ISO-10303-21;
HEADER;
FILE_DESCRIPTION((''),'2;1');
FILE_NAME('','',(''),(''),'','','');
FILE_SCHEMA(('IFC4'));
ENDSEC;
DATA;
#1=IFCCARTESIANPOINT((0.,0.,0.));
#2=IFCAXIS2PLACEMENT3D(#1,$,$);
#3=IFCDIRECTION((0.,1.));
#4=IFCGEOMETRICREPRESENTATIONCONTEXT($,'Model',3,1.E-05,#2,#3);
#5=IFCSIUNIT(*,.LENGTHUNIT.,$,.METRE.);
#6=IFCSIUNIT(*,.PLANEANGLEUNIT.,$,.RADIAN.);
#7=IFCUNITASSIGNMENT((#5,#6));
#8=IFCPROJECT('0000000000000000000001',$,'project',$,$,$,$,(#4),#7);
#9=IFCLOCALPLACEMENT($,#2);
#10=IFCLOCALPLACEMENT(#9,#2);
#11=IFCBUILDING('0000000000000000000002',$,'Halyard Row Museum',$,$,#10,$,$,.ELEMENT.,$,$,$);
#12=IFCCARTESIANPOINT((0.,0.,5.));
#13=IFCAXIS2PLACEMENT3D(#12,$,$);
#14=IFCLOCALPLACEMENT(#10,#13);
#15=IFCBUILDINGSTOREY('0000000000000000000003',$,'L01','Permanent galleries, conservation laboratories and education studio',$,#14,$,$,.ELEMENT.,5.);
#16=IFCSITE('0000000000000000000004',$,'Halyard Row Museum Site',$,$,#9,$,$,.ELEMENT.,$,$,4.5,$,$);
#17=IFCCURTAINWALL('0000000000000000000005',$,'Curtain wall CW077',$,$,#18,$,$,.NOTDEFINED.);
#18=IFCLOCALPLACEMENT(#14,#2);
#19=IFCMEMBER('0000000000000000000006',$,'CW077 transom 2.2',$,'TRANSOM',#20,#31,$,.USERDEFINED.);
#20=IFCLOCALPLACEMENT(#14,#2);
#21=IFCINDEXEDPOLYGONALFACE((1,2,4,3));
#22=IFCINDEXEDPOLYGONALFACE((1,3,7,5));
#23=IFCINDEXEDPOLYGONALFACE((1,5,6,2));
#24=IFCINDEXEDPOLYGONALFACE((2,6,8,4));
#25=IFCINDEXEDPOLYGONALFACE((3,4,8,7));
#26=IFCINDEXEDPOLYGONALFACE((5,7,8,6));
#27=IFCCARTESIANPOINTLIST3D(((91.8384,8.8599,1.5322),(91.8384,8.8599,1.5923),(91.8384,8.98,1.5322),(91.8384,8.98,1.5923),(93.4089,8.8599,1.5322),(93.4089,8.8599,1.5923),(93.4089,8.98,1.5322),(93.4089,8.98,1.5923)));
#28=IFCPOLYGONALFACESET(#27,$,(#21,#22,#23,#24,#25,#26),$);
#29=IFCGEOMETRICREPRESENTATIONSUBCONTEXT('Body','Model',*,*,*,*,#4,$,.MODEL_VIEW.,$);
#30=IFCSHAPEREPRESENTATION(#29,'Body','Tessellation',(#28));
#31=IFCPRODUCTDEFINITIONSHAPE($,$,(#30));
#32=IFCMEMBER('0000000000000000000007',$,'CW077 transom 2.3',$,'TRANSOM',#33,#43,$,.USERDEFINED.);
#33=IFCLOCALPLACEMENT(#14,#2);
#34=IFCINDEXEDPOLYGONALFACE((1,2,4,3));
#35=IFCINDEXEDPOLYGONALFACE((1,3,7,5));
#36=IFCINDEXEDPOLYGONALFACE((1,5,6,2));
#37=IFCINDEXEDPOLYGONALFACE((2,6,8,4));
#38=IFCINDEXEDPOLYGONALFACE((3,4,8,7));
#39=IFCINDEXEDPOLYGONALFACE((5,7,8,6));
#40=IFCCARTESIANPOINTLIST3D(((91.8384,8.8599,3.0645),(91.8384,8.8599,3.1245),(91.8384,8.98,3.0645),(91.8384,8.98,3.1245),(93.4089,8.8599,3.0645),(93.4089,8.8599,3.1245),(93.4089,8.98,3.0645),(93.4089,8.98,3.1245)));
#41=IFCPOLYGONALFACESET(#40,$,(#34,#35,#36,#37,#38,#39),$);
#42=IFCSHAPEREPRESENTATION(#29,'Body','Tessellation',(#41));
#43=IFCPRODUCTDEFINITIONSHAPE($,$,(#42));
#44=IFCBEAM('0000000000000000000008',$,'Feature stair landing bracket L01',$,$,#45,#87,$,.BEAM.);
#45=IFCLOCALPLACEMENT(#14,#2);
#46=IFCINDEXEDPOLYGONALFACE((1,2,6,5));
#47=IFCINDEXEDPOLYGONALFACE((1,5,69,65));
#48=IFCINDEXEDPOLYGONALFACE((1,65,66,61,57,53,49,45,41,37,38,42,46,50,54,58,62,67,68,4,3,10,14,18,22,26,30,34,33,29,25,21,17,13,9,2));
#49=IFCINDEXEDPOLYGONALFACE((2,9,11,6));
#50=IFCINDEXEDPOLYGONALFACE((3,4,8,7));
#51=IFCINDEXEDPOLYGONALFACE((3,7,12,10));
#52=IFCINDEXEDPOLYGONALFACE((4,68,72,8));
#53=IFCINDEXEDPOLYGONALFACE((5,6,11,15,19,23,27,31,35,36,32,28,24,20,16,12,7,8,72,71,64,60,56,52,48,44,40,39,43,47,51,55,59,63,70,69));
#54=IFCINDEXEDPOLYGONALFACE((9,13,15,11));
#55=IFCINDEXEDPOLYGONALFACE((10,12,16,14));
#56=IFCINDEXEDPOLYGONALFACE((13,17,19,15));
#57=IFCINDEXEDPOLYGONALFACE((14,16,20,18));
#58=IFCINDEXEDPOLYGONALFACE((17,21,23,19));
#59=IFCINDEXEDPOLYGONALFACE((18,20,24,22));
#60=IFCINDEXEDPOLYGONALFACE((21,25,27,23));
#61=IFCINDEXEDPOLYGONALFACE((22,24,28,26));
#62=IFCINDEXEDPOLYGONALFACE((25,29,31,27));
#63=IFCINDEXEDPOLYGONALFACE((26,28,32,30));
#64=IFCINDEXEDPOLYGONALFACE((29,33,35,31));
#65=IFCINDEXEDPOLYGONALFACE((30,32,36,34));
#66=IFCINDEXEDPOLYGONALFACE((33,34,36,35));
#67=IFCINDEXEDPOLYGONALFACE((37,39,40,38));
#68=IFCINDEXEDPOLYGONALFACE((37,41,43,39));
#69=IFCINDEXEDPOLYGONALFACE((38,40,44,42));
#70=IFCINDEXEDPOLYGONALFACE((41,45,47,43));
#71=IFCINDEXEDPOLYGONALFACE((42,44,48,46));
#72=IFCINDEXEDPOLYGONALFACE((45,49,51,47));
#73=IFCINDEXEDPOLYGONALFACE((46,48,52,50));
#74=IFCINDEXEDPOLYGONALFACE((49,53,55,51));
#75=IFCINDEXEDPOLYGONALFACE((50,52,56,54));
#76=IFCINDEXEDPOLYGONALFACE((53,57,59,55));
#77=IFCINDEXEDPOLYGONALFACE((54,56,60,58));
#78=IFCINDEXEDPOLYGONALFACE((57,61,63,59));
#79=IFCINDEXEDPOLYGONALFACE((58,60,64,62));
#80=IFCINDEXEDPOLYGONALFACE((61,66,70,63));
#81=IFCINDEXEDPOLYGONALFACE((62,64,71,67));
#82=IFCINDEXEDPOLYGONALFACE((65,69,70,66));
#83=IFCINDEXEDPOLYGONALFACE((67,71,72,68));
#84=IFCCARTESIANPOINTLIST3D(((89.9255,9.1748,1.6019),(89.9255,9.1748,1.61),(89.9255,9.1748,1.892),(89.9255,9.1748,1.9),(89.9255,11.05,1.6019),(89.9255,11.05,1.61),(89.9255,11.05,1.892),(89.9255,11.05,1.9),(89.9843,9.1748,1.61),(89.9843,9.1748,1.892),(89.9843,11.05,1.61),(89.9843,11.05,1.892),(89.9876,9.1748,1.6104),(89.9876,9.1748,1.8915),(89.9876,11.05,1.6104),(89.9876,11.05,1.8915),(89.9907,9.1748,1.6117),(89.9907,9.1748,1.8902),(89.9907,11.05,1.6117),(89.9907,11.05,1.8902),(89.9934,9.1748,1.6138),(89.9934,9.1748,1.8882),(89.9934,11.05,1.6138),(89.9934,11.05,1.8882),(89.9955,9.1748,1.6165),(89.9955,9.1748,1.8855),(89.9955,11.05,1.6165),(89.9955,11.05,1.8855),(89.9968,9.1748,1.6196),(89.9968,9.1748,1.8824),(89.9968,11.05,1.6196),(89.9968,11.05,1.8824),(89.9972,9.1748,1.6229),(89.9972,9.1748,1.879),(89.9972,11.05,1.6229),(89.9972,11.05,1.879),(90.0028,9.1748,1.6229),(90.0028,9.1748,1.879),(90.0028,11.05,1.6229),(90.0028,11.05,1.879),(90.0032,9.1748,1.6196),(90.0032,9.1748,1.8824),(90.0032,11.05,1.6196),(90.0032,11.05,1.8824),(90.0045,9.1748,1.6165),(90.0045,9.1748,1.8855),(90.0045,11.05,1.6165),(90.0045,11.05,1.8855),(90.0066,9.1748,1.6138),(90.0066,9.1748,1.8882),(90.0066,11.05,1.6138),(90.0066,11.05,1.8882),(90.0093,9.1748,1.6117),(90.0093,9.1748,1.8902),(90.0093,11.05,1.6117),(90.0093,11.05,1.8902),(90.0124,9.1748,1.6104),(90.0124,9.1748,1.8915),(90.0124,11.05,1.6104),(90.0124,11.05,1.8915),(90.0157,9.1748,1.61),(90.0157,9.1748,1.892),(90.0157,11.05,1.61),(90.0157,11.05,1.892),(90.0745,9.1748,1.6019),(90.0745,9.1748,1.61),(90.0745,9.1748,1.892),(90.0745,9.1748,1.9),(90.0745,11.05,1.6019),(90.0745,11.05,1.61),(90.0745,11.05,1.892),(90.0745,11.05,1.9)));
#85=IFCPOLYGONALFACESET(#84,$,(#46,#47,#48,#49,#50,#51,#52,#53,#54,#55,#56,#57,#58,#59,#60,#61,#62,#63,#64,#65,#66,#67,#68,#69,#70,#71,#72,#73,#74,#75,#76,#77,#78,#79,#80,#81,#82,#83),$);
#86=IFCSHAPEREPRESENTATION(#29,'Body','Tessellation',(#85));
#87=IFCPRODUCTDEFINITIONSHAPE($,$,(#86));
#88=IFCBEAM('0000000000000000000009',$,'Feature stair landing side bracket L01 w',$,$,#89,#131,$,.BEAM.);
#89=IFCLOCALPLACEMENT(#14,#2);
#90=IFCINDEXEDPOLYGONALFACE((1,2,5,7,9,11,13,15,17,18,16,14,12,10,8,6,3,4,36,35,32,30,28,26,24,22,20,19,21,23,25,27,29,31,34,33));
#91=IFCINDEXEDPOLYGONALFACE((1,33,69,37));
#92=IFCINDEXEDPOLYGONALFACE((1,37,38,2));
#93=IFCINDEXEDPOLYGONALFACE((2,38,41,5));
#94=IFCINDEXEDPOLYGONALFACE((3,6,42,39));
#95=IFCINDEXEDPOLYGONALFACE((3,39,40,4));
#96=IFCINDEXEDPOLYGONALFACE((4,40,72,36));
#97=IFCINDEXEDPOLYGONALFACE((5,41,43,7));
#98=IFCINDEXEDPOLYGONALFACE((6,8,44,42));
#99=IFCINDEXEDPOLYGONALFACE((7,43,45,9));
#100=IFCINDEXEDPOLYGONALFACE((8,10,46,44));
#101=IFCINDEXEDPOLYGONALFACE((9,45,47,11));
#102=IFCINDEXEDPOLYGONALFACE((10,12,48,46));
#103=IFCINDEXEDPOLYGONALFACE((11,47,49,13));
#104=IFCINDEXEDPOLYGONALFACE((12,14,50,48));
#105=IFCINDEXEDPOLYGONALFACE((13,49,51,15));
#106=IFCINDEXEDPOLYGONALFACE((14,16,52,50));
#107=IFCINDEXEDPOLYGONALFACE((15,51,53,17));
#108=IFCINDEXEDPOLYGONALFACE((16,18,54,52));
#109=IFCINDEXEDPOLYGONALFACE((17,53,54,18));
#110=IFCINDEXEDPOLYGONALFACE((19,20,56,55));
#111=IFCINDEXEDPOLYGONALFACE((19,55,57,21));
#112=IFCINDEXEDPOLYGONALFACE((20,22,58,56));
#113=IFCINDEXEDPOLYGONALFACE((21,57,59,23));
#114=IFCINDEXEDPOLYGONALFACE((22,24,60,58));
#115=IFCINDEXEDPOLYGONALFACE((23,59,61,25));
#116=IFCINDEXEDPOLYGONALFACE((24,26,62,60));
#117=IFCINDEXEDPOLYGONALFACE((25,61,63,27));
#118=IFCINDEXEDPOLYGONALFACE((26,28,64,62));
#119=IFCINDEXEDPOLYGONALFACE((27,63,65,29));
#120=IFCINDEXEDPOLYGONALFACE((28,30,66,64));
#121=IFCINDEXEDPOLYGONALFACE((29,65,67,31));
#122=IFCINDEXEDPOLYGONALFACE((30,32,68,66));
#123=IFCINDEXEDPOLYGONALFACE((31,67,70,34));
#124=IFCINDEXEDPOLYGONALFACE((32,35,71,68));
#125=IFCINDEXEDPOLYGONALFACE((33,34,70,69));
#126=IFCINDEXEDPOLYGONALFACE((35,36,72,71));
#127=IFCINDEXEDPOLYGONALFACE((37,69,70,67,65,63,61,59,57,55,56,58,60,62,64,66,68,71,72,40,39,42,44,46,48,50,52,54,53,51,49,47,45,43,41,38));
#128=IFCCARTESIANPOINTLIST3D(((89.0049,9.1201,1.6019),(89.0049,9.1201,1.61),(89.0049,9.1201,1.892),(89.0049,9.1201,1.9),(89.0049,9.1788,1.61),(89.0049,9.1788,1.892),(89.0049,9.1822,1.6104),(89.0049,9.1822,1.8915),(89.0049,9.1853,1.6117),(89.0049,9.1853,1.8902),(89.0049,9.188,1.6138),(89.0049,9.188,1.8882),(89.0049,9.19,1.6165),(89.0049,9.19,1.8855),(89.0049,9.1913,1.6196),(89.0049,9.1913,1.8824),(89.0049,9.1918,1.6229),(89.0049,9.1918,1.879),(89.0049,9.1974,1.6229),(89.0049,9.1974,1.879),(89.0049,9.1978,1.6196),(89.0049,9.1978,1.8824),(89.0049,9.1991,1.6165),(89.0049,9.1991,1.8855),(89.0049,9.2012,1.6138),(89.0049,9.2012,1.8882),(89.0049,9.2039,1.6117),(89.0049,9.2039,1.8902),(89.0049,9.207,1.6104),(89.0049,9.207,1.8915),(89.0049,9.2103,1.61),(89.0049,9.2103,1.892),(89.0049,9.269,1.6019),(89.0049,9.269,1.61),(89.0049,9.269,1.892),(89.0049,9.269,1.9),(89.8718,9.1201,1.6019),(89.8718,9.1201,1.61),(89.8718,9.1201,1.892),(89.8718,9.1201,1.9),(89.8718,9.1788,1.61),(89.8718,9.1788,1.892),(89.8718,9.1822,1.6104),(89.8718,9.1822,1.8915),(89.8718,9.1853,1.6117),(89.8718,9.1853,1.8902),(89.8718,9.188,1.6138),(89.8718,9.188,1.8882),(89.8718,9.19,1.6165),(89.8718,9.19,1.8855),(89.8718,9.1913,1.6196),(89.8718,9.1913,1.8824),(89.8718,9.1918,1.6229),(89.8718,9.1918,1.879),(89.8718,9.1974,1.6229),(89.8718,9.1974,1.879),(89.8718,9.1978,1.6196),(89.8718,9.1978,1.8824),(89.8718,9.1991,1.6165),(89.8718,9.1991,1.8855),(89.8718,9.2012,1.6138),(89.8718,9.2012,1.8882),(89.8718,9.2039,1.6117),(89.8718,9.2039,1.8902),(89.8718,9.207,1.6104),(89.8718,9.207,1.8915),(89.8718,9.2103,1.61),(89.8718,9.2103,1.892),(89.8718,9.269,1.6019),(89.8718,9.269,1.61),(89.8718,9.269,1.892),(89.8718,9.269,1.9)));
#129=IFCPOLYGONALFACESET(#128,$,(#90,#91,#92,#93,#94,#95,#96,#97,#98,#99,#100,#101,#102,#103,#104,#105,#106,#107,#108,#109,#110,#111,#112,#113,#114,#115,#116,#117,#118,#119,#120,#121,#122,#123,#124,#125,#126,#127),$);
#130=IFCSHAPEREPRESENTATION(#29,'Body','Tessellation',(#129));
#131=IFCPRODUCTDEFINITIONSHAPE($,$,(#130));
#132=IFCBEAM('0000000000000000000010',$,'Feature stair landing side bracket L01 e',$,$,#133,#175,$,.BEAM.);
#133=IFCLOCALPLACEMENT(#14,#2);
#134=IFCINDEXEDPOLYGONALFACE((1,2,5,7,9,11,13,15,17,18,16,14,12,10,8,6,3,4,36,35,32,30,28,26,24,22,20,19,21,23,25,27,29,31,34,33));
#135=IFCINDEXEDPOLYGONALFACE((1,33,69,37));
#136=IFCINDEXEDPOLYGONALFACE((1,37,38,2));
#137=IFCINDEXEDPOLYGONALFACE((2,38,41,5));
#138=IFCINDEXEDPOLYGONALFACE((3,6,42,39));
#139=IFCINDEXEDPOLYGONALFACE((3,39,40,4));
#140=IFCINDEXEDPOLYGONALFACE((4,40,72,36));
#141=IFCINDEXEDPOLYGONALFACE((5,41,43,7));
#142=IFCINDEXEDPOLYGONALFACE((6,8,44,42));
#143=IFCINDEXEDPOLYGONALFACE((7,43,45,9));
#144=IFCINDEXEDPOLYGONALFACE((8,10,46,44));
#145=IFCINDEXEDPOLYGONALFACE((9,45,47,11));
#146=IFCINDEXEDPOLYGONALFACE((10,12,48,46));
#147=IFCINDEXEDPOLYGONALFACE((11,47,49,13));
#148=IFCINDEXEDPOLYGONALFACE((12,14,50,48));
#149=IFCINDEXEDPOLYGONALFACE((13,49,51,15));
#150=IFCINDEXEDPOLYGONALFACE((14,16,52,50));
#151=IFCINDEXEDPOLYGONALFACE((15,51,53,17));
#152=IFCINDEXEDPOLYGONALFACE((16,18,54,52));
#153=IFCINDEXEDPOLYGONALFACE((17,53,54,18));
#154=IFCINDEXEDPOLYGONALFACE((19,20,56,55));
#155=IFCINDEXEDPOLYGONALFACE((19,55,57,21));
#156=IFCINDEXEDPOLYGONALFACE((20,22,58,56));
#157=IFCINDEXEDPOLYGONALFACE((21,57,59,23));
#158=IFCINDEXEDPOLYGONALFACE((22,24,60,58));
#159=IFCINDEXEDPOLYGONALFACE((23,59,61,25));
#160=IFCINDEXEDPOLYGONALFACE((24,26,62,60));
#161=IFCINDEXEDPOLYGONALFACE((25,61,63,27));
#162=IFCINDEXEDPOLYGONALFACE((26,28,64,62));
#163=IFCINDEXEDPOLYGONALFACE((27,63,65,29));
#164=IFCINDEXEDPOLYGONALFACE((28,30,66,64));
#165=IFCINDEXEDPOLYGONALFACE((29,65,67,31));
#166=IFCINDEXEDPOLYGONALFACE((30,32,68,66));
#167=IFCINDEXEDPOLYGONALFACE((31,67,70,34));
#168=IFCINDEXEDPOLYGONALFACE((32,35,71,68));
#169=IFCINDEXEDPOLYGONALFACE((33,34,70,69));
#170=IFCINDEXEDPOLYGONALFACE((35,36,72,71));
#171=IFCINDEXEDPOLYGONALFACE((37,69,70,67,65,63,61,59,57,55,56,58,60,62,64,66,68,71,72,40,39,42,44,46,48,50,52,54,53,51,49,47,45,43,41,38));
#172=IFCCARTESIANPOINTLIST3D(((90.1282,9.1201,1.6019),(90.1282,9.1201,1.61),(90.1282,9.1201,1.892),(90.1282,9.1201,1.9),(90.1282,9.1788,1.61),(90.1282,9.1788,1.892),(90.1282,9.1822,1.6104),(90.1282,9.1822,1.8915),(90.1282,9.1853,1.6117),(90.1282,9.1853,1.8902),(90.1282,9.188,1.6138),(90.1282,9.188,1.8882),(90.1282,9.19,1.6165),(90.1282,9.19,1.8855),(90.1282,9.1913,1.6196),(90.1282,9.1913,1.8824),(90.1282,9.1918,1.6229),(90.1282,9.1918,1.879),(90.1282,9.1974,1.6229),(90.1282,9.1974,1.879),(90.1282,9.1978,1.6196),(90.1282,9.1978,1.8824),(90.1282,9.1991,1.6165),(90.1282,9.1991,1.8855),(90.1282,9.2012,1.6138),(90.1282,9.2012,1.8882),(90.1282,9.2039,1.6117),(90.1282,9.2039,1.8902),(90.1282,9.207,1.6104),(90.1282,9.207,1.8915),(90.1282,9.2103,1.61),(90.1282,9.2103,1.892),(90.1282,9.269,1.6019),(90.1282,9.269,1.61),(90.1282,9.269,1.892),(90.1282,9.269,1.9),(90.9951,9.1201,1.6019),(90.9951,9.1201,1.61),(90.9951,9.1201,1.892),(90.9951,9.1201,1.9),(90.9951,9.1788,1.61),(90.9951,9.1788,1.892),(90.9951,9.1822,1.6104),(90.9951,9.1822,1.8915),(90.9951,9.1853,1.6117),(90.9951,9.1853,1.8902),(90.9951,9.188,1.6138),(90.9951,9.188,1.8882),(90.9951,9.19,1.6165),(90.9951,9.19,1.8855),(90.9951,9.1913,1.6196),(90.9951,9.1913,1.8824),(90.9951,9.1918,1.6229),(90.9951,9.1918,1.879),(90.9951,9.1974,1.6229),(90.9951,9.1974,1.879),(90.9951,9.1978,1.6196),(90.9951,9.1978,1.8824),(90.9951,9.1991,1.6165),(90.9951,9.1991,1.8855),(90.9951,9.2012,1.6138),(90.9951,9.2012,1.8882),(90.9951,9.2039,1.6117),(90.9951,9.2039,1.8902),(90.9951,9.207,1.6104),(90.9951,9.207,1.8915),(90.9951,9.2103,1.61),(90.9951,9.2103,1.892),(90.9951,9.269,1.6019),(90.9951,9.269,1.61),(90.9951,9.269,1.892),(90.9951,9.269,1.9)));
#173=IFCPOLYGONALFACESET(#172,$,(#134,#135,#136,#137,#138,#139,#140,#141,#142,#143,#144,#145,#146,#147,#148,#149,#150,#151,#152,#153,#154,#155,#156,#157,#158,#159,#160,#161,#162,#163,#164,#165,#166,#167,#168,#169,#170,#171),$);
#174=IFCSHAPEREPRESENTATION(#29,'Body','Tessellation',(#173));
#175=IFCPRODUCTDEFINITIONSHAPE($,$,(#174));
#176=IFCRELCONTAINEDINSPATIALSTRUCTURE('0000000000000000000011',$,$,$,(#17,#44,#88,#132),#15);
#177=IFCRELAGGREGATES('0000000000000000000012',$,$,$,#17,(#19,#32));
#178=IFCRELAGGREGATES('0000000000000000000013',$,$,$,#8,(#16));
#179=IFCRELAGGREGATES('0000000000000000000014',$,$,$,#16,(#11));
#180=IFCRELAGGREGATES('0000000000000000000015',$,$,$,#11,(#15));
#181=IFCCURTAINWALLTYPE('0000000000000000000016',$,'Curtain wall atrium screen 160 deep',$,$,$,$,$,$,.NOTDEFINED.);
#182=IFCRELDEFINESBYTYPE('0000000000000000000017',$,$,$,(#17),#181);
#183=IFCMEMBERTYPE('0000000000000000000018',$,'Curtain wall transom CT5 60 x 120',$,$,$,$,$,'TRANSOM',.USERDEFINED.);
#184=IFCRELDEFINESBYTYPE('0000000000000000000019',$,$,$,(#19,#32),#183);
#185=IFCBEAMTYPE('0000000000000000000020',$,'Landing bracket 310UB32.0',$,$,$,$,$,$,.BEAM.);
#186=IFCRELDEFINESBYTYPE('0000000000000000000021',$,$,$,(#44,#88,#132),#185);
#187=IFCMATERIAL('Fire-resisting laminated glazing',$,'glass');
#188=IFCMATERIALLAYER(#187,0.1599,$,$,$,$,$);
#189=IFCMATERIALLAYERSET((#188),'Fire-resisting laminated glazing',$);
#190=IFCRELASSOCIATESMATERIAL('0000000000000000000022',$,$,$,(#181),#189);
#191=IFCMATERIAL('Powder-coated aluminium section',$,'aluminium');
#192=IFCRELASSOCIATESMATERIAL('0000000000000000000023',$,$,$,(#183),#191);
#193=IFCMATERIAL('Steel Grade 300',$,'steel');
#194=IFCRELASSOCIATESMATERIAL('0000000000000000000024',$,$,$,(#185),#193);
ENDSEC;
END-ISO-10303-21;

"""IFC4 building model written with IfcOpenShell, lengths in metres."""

from ifc_helpers import new_model, si_unit, direction, frame, origin, origin_2d, place, context, subcontext, project, spatial, rectangle, i_section, extrude, material, layer, layer_set, material_profile, profile_set, type_object, element, aggregate, save


model = new_model("IFC4")

# Units and contexts
model_context = context("Model", 3, precision=1e-05, world=origin(), true_north=direction((0.0, 1.0)))
body_context = subcontext(model_context, "Body", "Model", "MODEL_VIEW")
ifc_project = project(units=[si_unit("LENGTHUNIT", "METRE"), si_unit("PLANEANGLEUNIT", "RADIAN")], contexts=[model_context])

# Site, building, storey
site_placement = place(None, origin())
site = spatial("IfcSite", under=ifc_project, at=site_placement, Name="Halyard Row Museum Site", CompositionType="ELEMENT", RefElevation=4.5)
building_placement = place(site_placement, origin())
building = spatial("IfcBuilding", under=site, at=building_placement, Name="Halyard Row Museum", CompositionType="ELEMENT")
storey_placement = place(building_placement, frame((0.0, 0.0, 5.0)))
storey = spatial("IfcBuildingStorey", under=building, at=storey_placement, Name="L01", Description="Permanent galleries, conservation laboratories and education studio", CompositionType="ELEMENT", Elevation=5.0)

# Shared definitions
ifc_material_1 = material(Name="Fire-resisting laminated glazing", Category="glass")
ifc_layer_1 = layer(ifc_material_1, 0.1599)
ifc_layer_set_1 = layer_set([ifc_layer_1], Name="Fire-resisting laminated glazing")
curtain_wall_type = type_object("IfcCurtainWallType", Name="Curtain wall atrium screen 160 deep", PredefinedType="NOTDEFINED", material=ifc_layer_set_1)

# Curtain wall
curtain_wall_1_placement = place(storey_placement, origin())
curtain_wall_1 = element("IfcCurtainWall", 1, at=curtain_wall_1_placement, inside=storey, type_object=curtain_wall_type, Name="Curtain wall CW077", PredefinedType="NOTDEFINED")

# Members
ifc_material_2 = material(Name="Powder-coated aluminium section", Category="aluminium")
ifc_material_profile_1 = material_profile(ifc_material_2, rectangle(XDim=0.1201, YDim=0.0601, at=origin_2d()), Name="120x60 transom")
ifc_profile_set_1 = profile_set([ifc_material_profile_1], Name="Powder-coated aluminium section")
member_type_1 = type_object("IfcMemberType", Name="Curtain wall transom CT5 60 x 120", ElementType="TRANSOM", PredefinedType="USERDEFINED", material=ifc_profile_set_1)
member_1_placement = place(storey_placement, frame((91.8384, 8.9199, 1.5623), z_axis=(1.0, 0.0, 0.0), x_axis=(0.0, 1.0, 0.0)))
member_1 = element("IfcMember", 2, at=member_1_placement, type_object=member_type_1, Name="CW077 transom 2.2", ObjectType="TRANSOM", PredefinedType="USERDEFINED", context=body_context, shape_type="SweptSolid", body=[
    extrude(rectangle(XDim=0.1201, YDim=0.0601, at=origin_2d()), origin(), (0.0, 0.0, 1.0), 1.5706),
])
member_2_placement = place(storey_placement, frame((91.8384, 8.9199, 3.0945), z_axis=(1.0, 0.0, 0.0), x_axis=(0.0, 1.0, 0.0)))
member_2 = element("IfcMember", 3, at=member_2_placement, type_object=member_type_1, Name="CW077 transom 2.3", ObjectType="TRANSOM", PredefinedType="USERDEFINED", context=body_context, shape_type="SweptSolid", body=[
    extrude(rectangle(XDim=0.1201, YDim=0.0601, at=origin_2d()), origin(), (0.0, 0.0, 1.0), 1.5706),
])

# Beams
ifc_material_3 = material(Name="Steel Grade 300", Category="steel")
ifc_material_profile_2 = material_profile(ifc_material_3, i_section(OverallWidth=0.1489, OverallDepth=0.2981, WebThickness=0.0056, FlangeThickness=0.0081, FilletRadius=0.0129, at=origin_2d()), Name="310UB32.0")
ifc_profile_set_2 = profile_set([ifc_material_profile_2], Name="Steel Grade 300")
beam_type_1 = type_object("IfcBeamType", Name="Landing bracket 310UB32.0", PredefinedType="BEAM", material=ifc_profile_set_2)
beam_placement = place(storey_placement, frame((90.0, 9.1748, 1.751), z_axis=(0.0, 1.0, 0.0), x_axis=(-1.0, 0.0, 0.0)))
element("IfcBeam", 4, at=beam_placement, inside=storey, type_object=beam_type_1, Name="Feature stair landing bracket L01", PredefinedType="BEAM", context=body_context, shape_type="SweptSolid", body=[
    extrude(i_section(OverallWidth=0.1489, OverallDepth=0.2981, WebThickness=0.0056, FlangeThickness=0.0081, FilletRadius=0.0129, at=origin_2d()), origin(), (0.0, 0.0, 1.0), 1.8752),
])
for number, where, z_axis, x_axis, name in (
    (5, (89.0049, 9.1946, 1.751), (1.0, 0.0, 0.0), (0.0, 1.0, 0.0), "Feature stair landing side bracket L01 w"),
    (6, (90.9951, 9.1946, 1.751), (-1.0, 0.0, 0.0), (0.0, -1.0, 0.0), "Feature stair landing side bracket L01 e"),
):
    element("IfcBeam", number, at=place(storey_placement, frame(where, z_axis=z_axis, x_axis=x_axis)), inside=storey, type_object=beam_type_1, Name=name, PredefinedType="BEAM", context=body_context, shape_type="SweptSolid", body=[
        extrude(i_section(OverallWidth=0.1489, OverallDepth=0.2981, WebThickness=0.0056, FlangeThickness=0.0081, FilletRadius=0.0129, at=origin_2d()), origin(), (0.0, 0.0, 1.0), 0.8669),
    ])

aggregate(curtain_wall_1, [member_1, member_2])

save(model, "model.ifc")
